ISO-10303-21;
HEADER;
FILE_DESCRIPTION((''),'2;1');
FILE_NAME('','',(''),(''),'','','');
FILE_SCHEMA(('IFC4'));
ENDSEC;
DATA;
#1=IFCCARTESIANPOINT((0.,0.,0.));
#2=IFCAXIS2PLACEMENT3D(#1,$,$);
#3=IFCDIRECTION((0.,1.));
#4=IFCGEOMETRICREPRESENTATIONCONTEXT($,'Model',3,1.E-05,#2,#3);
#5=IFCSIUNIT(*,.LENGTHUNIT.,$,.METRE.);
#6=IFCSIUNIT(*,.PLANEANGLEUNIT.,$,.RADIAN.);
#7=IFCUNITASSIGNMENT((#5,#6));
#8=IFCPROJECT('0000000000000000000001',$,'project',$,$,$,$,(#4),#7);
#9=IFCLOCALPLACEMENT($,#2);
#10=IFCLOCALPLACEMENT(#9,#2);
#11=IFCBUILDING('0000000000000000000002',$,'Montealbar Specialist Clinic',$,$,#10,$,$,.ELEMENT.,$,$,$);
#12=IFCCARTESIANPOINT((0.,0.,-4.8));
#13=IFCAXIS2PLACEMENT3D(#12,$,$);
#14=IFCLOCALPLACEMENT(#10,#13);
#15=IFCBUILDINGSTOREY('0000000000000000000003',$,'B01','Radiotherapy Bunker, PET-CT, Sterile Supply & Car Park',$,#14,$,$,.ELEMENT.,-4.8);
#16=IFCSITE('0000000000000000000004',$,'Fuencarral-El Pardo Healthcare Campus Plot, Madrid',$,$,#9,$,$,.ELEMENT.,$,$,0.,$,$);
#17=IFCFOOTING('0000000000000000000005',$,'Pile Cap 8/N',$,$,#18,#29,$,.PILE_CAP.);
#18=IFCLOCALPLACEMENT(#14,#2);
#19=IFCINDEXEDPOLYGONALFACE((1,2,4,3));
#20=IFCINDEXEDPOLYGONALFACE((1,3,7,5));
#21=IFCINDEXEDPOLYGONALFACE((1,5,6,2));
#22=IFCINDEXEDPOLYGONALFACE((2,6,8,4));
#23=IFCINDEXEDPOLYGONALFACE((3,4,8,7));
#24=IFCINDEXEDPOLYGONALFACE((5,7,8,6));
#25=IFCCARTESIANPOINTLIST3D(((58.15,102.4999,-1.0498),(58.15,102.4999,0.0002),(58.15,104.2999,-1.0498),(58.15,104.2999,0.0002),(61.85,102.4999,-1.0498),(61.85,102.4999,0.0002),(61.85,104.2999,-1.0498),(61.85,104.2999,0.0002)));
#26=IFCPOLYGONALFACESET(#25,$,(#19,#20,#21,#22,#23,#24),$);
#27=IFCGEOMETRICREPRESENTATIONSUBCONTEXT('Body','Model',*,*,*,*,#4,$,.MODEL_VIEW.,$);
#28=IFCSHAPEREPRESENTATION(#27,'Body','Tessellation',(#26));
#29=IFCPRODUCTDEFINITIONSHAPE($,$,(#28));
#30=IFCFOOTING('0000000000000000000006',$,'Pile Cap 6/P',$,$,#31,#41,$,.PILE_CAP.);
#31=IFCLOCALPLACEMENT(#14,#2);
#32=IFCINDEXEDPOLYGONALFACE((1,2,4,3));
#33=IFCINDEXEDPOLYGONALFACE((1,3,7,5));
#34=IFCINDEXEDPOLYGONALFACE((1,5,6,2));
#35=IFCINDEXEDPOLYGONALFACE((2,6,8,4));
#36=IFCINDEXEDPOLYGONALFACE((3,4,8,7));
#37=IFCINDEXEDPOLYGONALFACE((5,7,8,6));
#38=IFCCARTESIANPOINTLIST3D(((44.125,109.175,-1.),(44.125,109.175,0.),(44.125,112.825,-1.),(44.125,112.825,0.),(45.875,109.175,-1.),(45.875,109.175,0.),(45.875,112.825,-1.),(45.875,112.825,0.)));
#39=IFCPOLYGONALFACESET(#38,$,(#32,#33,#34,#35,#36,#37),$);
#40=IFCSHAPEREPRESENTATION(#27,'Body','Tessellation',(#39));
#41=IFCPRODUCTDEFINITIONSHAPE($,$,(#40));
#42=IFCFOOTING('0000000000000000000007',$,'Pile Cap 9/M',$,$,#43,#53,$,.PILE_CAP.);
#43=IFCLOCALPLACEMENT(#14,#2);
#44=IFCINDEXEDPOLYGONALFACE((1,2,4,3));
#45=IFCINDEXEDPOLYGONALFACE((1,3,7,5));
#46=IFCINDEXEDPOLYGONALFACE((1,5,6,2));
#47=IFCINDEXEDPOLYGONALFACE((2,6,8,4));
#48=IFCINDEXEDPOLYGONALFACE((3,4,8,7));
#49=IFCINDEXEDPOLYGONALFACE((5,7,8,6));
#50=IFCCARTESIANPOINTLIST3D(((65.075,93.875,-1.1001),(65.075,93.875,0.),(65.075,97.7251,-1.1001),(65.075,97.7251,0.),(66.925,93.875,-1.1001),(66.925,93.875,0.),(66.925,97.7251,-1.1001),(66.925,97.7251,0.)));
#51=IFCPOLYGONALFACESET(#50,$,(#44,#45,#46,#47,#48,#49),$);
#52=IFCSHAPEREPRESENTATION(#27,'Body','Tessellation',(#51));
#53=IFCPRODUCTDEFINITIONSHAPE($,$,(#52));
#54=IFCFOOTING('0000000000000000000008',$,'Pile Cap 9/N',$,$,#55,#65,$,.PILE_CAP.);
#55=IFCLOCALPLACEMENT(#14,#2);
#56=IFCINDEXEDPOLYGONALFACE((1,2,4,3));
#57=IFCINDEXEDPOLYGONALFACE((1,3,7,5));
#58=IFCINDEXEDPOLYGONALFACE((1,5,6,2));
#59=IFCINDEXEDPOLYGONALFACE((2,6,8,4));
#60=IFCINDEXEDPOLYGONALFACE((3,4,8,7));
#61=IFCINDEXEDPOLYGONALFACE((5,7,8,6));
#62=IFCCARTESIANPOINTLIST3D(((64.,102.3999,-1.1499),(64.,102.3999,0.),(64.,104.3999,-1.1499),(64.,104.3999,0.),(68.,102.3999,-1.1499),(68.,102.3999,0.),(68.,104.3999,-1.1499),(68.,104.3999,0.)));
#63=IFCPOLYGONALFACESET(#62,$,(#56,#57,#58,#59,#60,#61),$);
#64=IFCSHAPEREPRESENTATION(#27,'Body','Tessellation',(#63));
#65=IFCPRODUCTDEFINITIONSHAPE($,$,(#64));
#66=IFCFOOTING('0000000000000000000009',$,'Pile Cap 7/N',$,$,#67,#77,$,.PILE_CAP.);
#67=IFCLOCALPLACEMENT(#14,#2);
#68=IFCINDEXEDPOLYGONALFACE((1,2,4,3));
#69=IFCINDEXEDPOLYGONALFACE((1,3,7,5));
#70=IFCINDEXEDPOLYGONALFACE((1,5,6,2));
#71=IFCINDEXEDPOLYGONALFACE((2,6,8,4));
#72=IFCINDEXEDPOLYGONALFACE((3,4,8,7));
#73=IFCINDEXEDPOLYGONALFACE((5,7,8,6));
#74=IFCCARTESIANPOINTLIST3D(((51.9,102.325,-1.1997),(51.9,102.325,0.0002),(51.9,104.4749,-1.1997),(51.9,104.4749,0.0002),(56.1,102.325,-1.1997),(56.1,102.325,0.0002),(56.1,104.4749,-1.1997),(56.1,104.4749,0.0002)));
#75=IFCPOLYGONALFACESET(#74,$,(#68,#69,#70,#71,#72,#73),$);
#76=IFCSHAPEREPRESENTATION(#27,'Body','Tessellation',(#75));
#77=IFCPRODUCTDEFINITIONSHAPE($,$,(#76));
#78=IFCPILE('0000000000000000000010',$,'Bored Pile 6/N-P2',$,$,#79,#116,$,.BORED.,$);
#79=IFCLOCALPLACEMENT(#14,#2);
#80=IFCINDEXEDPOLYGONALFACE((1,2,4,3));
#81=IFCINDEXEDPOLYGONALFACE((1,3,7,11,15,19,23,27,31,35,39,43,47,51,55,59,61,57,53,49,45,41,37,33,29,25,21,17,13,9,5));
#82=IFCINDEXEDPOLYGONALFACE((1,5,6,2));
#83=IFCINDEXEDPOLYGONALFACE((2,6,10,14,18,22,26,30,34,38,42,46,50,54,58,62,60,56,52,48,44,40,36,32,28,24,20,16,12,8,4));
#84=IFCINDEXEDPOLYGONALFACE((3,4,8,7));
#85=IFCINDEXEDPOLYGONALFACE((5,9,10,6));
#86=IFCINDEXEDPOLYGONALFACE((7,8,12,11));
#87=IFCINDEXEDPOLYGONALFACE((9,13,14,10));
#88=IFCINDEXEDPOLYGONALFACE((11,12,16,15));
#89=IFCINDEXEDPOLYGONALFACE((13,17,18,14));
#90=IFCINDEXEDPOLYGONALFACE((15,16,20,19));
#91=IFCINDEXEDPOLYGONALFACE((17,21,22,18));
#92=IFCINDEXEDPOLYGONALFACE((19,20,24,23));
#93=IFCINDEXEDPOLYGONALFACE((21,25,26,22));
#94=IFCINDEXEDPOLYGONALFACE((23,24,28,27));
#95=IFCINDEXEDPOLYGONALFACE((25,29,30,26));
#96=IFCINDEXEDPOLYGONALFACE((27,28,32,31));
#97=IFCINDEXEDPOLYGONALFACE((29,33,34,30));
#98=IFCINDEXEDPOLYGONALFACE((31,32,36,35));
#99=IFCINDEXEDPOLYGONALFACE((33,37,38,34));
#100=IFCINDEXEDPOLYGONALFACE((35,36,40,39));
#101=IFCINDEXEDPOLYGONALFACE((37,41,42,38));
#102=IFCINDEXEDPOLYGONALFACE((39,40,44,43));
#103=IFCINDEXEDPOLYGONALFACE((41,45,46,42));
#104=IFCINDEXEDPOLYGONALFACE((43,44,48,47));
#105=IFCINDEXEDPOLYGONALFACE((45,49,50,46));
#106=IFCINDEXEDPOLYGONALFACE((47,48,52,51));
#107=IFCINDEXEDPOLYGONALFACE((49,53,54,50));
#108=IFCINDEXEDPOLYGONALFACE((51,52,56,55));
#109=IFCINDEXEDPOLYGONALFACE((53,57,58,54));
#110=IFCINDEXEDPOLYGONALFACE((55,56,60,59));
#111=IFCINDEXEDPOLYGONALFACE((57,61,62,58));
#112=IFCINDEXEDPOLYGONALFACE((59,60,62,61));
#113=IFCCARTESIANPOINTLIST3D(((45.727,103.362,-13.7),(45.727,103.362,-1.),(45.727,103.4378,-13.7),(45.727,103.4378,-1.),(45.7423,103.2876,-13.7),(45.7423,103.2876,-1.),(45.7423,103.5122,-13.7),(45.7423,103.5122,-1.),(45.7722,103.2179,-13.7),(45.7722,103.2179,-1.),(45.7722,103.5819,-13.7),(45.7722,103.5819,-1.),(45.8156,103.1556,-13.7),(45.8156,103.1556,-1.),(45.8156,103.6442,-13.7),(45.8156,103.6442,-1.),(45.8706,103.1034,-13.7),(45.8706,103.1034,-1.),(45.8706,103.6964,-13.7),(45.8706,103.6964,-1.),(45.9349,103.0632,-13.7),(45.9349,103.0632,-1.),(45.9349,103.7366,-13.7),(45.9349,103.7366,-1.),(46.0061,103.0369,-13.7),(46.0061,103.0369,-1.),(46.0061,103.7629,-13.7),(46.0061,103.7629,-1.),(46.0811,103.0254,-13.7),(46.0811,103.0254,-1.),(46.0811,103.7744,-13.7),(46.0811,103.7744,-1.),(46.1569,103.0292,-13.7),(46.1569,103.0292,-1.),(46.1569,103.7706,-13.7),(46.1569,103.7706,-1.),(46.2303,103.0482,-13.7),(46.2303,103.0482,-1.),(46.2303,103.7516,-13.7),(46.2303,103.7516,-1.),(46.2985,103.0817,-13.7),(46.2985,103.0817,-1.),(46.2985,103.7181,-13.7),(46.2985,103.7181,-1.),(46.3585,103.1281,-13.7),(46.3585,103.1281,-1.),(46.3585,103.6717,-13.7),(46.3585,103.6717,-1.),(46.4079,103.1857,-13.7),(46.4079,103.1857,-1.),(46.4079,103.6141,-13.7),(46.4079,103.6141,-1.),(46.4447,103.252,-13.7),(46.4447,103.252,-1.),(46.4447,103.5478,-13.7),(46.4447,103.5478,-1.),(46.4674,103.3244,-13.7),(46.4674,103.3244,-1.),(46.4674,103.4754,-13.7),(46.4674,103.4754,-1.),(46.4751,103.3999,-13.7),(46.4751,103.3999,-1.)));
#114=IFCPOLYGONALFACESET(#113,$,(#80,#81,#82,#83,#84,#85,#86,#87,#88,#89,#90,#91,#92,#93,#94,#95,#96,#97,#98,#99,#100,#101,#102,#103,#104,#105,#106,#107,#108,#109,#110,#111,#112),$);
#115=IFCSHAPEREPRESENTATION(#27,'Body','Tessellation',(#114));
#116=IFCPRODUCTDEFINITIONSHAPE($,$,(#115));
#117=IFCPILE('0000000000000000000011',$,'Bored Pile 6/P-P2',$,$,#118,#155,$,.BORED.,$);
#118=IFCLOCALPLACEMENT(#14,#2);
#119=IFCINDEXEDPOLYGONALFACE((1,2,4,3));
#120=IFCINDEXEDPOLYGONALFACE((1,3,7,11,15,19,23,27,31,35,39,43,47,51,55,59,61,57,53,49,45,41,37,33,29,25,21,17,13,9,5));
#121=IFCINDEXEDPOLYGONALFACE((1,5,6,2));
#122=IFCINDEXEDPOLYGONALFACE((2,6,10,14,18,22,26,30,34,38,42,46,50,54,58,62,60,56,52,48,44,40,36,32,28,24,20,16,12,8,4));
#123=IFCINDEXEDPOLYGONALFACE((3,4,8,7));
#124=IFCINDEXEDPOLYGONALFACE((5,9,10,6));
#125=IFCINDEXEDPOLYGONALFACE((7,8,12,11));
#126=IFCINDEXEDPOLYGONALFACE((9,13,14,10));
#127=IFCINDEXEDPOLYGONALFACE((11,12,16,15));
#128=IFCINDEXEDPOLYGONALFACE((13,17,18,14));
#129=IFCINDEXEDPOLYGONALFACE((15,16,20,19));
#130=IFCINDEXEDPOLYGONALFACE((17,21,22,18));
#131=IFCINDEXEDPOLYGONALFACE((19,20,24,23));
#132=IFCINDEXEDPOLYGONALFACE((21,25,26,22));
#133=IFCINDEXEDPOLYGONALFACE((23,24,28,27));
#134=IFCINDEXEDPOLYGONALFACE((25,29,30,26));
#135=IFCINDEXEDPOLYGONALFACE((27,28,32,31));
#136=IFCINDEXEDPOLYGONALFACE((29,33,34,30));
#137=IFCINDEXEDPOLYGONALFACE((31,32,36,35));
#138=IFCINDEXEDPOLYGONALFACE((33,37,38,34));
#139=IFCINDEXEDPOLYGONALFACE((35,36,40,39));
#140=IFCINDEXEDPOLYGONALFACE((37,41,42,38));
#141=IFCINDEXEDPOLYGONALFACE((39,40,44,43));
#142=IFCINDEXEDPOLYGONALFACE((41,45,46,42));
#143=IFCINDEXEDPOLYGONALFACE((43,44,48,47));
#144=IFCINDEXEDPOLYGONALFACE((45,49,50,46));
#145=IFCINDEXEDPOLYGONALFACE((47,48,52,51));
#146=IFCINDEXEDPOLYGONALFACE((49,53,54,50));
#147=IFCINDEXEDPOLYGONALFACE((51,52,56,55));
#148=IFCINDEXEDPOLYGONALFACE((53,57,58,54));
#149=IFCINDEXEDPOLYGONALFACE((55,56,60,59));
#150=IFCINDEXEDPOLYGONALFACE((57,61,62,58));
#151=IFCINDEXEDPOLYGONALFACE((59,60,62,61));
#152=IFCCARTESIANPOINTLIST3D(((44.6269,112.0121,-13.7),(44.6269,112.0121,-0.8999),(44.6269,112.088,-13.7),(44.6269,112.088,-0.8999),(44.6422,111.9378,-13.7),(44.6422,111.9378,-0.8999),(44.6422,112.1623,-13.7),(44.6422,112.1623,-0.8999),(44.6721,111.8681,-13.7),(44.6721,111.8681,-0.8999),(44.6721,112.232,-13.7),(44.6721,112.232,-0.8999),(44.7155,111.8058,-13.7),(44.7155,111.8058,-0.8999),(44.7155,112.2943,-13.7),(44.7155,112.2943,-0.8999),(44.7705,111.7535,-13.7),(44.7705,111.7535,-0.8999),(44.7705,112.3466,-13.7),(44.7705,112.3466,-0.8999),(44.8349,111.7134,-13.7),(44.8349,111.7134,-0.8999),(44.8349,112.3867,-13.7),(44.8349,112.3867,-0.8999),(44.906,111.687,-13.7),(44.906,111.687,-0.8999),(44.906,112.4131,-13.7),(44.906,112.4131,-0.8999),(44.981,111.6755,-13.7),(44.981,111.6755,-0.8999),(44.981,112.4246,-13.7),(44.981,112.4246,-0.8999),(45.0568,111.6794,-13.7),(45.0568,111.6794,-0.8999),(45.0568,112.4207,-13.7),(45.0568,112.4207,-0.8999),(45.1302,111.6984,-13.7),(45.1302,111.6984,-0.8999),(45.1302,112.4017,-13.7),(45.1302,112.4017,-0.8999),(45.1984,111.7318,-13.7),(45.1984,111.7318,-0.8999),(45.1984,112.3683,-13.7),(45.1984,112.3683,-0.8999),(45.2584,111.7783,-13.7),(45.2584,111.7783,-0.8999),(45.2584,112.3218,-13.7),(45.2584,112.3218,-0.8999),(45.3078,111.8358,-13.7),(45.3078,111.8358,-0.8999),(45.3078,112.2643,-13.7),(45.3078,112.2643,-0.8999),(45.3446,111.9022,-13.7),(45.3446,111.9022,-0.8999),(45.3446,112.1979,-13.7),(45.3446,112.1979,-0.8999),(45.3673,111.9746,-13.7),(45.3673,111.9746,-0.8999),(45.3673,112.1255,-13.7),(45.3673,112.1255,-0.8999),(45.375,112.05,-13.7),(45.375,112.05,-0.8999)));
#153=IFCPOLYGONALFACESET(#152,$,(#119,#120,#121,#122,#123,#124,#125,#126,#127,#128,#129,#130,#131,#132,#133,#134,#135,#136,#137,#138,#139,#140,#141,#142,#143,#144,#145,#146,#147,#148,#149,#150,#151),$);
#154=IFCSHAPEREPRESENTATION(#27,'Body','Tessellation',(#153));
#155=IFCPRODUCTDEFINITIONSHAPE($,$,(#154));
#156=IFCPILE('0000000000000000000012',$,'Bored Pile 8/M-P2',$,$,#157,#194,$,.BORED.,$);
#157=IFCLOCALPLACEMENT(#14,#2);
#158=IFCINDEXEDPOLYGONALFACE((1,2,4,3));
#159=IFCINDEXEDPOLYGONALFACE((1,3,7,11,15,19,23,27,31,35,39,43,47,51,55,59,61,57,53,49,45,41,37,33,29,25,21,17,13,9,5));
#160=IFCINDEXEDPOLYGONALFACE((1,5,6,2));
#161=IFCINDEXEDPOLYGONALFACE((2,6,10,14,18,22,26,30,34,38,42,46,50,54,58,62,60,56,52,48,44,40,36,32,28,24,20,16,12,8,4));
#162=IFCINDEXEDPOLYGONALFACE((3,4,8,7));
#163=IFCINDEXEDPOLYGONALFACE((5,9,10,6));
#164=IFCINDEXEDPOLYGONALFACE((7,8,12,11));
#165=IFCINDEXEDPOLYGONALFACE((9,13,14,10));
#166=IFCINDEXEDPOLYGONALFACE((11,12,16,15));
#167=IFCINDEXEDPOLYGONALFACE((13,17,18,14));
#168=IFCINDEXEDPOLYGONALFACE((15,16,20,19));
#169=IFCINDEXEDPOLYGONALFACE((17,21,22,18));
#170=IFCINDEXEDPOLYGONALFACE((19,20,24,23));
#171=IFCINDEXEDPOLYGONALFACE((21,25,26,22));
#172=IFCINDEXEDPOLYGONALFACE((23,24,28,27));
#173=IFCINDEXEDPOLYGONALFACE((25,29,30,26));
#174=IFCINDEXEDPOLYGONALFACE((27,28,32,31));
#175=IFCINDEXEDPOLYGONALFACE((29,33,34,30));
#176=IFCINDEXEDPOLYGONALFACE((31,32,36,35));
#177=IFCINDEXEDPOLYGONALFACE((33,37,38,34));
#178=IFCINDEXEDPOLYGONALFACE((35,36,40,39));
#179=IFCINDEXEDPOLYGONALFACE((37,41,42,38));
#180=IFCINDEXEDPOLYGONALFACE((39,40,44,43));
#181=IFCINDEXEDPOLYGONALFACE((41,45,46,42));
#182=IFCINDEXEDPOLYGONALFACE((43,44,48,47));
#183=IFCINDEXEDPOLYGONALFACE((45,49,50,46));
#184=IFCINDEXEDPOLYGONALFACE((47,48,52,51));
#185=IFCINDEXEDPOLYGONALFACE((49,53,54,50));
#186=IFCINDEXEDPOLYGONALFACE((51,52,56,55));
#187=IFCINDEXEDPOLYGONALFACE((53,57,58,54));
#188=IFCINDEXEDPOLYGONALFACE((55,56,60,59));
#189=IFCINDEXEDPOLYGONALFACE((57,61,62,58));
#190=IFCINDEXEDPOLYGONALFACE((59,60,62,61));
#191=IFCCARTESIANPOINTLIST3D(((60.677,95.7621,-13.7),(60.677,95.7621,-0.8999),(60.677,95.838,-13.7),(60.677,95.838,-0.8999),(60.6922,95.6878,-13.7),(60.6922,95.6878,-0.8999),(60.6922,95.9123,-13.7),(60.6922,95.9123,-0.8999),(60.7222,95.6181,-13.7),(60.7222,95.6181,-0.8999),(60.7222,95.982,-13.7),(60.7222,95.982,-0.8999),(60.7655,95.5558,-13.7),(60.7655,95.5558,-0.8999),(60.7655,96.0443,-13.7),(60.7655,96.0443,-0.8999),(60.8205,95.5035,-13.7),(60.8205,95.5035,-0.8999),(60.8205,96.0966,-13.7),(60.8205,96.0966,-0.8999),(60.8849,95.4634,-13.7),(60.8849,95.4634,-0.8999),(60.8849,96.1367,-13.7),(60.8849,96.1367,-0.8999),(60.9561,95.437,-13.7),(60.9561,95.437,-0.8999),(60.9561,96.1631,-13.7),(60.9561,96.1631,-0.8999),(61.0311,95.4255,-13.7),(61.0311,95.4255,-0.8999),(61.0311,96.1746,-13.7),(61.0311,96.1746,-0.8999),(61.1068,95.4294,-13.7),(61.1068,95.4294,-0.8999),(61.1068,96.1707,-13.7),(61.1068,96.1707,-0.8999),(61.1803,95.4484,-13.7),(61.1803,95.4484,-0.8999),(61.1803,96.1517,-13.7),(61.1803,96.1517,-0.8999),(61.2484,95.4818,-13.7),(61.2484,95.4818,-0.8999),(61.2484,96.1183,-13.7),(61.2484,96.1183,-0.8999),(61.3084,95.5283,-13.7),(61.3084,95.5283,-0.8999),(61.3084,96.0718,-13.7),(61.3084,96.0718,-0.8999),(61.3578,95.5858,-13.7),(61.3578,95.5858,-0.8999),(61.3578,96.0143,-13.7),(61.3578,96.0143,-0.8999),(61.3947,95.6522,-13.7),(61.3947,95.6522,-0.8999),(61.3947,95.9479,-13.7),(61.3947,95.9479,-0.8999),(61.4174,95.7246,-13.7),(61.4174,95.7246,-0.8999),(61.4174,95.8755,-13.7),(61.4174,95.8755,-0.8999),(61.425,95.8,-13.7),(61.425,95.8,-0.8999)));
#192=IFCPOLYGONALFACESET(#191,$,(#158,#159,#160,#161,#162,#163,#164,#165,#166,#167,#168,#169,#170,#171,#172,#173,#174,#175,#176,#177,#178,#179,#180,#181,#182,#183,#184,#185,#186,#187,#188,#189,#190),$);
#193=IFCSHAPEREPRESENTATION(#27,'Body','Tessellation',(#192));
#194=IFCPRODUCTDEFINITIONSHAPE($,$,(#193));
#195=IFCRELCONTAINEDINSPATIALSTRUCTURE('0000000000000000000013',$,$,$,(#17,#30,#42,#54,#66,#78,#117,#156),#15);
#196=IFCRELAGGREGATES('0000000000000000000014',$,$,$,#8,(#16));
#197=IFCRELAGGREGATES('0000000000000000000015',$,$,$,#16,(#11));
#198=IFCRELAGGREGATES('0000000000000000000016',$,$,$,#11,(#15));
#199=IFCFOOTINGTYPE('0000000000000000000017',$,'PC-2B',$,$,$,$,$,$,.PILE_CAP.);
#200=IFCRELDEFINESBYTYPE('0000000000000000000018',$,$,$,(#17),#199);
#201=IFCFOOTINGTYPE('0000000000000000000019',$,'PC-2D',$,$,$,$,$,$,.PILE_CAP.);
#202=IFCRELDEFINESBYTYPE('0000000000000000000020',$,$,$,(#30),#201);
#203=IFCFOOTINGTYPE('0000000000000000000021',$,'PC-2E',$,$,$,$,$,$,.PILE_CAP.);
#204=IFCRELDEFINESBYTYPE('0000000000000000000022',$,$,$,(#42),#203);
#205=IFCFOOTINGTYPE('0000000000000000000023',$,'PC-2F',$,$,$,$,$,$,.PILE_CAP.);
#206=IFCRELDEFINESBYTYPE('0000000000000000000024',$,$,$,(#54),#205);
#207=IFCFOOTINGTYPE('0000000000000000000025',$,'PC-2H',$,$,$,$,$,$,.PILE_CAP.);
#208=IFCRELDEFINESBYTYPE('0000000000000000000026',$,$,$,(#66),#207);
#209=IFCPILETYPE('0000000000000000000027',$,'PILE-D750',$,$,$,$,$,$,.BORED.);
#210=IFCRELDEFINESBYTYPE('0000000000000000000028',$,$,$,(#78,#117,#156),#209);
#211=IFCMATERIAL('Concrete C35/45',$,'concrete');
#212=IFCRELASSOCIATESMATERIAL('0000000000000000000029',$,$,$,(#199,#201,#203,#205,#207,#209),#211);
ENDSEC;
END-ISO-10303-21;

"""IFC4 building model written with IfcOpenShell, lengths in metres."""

from ifc_helpers import new_model, si_unit, direction, frame, origin, origin_2d, place, context, subcontext, project, spatial, rectangle, circle, extrude, material, material_profile, profile_set, type_object, element, save


model = new_model("IFC4")

# Units and contexts
model_context = context("Model", 3, precision=1e-05, world=origin(), true_north=direction((0.0, 1.0)))
body_context = subcontext(model_context, "Body", "Model", "MODEL_VIEW")
ifc_project = project(units=[si_unit("LENGTHUNIT", "METRE"), si_unit("PLANEANGLEUNIT", "RADIAN")], contexts=[model_context])

# Site, building, storey
site_placement = place(None, origin())
site = spatial("IfcSite", under=ifc_project, at=site_placement, Name="Fuencarral-El Pardo Healthcare Campus Plot, Madrid", CompositionType="ELEMENT", RefElevation=0.0)
building_placement = place(site_placement, origin())
building = spatial("IfcBuilding", under=site, at=building_placement, Name="Montealbar Specialist Clinic", CompositionType="ELEMENT")
storey_placement = place(building_placement, frame((0.0, 0.0, -4.8)))
storey = spatial("IfcBuildingStorey", under=building, at=storey_placement, Name="B01", Description="Radiotherapy Bunker, PET-CT, Sterile Supply & Car Park", CompositionType="ELEMENT", Elevation=-4.8)

# Footings
ifc_material_1 = material(Name="Concrete C35/45", Category="concrete")
footing_type_1 = type_object("IfcFootingType", Name="PC-2B", PredefinedType="PILE_CAP", material=ifc_material_1)
footing_1_placement = place(storey_placement, frame((60.0, 103.3999, -1.0498), z_axis=(0.0, 0.0, 1.0), x_axis=(1.0, 0.0, 0.0)))
element("IfcFooting", 1, at=footing_1_placement, inside=storey, type_object=footing_type_1, Name="Pile Cap 8/N", PredefinedType="PILE_CAP", context=body_context, shape_type="SweptSolid", body=[
    extrude(rectangle(XDim=3.7, YDim=1.8, at=origin_2d()), origin(), (0.0, 0.0, 1.0), 1.05),
])
footing_type_2 = type_object("IfcFootingType", Name="PC-2D", PredefinedType="PILE_CAP", material=ifc_material_1)
footing_2_placement = place(storey_placement, frame((45.0, 111.0, -1.0), z_axis=(0.0, 0.0, 1.0), x_axis=(1.0, 0.0, 0.0)))
element("IfcFooting", 2, at=footing_2_placement, inside=storey, type_object=footing_type_2, Name="Pile Cap 6/P", PredefinedType="PILE_CAP", context=body_context, shape_type="SweptSolid", body=[
    extrude(rectangle(XDim=1.75, YDim=3.6499, at=origin_2d()), origin(), (0.0, 0.0, 1.0), 1.0),
])
footing_type_3 = type_object("IfcFootingType", Name="PC-2E", PredefinedType="PILE_CAP", material=ifc_material_1)
footing_3_placement = place(storey_placement, frame((66.0, 95.8, -1.1001), z_axis=(0.0, 0.0, 1.0), x_axis=(1.0, 0.0, 0.0)))
element("IfcFooting", 3, at=footing_3_placement, inside=storey, type_object=footing_type_3, Name="Pile Cap 9/M", PredefinedType="PILE_CAP", context=body_context, shape_type="SweptSolid", body=[
    extrude(rectangle(XDim=1.8501, YDim=3.8501, at=origin_2d()), origin(), (0.0, 0.0, 1.0), 1.1001),
])
footing_type_4 = type_object("IfcFootingType", Name="PC-2F", PredefinedType="PILE_CAP", material=ifc_material_1)
footing_4_placement = place(storey_placement, frame((66.0, 103.3999, -1.1499), z_axis=(0.0, 0.0, 1.0), x_axis=(1.0, 0.0, 0.0)))
element("IfcFooting", 4, at=footing_4_placement, inside=storey, type_object=footing_type_4, Name="Pile Cap 9/N", PredefinedType="PILE_CAP", context=body_context, shape_type="SweptSolid", body=[
    extrude(rectangle(XDim=4.0, YDim=2.0, at=origin_2d()), origin(), (0.0, 0.0, 1.0), 1.1499),
])
footing_type_5 = type_object("IfcFootingType", Name="PC-2H", PredefinedType="PILE_CAP", material=ifc_material_1)
footing_5_placement = place(storey_placement, frame((54.0, 103.3999, -1.1997), z_axis=(0.0, 0.0, 1.0), x_axis=(1.0, 0.0, 0.0)))
element("IfcFooting", 5, at=footing_5_placement, inside=storey, type_object=footing_type_5, Name="Pile Cap 7/N", PredefinedType="PILE_CAP", context=body_context, shape_type="SweptSolid", body=[
    extrude(rectangle(XDim=4.2, YDim=2.1499, at=origin_2d()), origin(), (0.0, 0.0, 1.0), 1.2),
])

# Piles
ifc_material_profile_1 = material_profile(ifc_material_1, circle(Radius=0.375, at=origin_2d()), Name="PILE D750", Category="concrete")
ifc_profile_set_1 = profile_set([ifc_material_profile_1], Name="Concrete C35/45")
pile_type_1 = type_object("IfcPileType", Name="PILE-D750", PredefinedType="BORED", material=ifc_profile_set_1)
pile_1_placement = place(storey_placement, frame((46.1001, 103.3999, -1.0), z_axis=(0.0, 0.0, -1.0), x_axis=(1.0, 0.0, 0.0)))
element("IfcPile", 6, at=pile_1_placement, inside=storey, type_object=pile_type_1, Name="Bored Pile 6/N-P2", PredefinedType="BORED", context=body_context, shape_type="SweptSolid", body=[
    extrude(circle(Radius=0.375, at=origin_2d()), origin(), (0.0, 0.0, 1.0), 12.7),
])
for number, where, z_axis, x_axis, name in (
    (7, (45.0, 112.05, -0.8999), (0.0, 0.0, -1.0), (1.0, 0.0, 0.0), "Bored Pile 6/P-P2"),
    (8, (61.05, 95.8, -0.8999), (0.0, 0.0, -1.0), (1.0, 0.0, 0.0), "Bored Pile 8/M-P2"),
):
    element("IfcPile", number, at=place(storey_placement, frame(where, z_axis=z_axis, x_axis=x_axis)), inside=storey, type_object=pile_type_1, Name=name, PredefinedType="BORED", context=body_context, shape_type="SweptSolid", body=[
        extrude(circle(Radius=0.375, at=origin_2d()), origin(), (0.0, 0.0, 1.0), 12.8),
    ])

save(model, "model.ifc")
